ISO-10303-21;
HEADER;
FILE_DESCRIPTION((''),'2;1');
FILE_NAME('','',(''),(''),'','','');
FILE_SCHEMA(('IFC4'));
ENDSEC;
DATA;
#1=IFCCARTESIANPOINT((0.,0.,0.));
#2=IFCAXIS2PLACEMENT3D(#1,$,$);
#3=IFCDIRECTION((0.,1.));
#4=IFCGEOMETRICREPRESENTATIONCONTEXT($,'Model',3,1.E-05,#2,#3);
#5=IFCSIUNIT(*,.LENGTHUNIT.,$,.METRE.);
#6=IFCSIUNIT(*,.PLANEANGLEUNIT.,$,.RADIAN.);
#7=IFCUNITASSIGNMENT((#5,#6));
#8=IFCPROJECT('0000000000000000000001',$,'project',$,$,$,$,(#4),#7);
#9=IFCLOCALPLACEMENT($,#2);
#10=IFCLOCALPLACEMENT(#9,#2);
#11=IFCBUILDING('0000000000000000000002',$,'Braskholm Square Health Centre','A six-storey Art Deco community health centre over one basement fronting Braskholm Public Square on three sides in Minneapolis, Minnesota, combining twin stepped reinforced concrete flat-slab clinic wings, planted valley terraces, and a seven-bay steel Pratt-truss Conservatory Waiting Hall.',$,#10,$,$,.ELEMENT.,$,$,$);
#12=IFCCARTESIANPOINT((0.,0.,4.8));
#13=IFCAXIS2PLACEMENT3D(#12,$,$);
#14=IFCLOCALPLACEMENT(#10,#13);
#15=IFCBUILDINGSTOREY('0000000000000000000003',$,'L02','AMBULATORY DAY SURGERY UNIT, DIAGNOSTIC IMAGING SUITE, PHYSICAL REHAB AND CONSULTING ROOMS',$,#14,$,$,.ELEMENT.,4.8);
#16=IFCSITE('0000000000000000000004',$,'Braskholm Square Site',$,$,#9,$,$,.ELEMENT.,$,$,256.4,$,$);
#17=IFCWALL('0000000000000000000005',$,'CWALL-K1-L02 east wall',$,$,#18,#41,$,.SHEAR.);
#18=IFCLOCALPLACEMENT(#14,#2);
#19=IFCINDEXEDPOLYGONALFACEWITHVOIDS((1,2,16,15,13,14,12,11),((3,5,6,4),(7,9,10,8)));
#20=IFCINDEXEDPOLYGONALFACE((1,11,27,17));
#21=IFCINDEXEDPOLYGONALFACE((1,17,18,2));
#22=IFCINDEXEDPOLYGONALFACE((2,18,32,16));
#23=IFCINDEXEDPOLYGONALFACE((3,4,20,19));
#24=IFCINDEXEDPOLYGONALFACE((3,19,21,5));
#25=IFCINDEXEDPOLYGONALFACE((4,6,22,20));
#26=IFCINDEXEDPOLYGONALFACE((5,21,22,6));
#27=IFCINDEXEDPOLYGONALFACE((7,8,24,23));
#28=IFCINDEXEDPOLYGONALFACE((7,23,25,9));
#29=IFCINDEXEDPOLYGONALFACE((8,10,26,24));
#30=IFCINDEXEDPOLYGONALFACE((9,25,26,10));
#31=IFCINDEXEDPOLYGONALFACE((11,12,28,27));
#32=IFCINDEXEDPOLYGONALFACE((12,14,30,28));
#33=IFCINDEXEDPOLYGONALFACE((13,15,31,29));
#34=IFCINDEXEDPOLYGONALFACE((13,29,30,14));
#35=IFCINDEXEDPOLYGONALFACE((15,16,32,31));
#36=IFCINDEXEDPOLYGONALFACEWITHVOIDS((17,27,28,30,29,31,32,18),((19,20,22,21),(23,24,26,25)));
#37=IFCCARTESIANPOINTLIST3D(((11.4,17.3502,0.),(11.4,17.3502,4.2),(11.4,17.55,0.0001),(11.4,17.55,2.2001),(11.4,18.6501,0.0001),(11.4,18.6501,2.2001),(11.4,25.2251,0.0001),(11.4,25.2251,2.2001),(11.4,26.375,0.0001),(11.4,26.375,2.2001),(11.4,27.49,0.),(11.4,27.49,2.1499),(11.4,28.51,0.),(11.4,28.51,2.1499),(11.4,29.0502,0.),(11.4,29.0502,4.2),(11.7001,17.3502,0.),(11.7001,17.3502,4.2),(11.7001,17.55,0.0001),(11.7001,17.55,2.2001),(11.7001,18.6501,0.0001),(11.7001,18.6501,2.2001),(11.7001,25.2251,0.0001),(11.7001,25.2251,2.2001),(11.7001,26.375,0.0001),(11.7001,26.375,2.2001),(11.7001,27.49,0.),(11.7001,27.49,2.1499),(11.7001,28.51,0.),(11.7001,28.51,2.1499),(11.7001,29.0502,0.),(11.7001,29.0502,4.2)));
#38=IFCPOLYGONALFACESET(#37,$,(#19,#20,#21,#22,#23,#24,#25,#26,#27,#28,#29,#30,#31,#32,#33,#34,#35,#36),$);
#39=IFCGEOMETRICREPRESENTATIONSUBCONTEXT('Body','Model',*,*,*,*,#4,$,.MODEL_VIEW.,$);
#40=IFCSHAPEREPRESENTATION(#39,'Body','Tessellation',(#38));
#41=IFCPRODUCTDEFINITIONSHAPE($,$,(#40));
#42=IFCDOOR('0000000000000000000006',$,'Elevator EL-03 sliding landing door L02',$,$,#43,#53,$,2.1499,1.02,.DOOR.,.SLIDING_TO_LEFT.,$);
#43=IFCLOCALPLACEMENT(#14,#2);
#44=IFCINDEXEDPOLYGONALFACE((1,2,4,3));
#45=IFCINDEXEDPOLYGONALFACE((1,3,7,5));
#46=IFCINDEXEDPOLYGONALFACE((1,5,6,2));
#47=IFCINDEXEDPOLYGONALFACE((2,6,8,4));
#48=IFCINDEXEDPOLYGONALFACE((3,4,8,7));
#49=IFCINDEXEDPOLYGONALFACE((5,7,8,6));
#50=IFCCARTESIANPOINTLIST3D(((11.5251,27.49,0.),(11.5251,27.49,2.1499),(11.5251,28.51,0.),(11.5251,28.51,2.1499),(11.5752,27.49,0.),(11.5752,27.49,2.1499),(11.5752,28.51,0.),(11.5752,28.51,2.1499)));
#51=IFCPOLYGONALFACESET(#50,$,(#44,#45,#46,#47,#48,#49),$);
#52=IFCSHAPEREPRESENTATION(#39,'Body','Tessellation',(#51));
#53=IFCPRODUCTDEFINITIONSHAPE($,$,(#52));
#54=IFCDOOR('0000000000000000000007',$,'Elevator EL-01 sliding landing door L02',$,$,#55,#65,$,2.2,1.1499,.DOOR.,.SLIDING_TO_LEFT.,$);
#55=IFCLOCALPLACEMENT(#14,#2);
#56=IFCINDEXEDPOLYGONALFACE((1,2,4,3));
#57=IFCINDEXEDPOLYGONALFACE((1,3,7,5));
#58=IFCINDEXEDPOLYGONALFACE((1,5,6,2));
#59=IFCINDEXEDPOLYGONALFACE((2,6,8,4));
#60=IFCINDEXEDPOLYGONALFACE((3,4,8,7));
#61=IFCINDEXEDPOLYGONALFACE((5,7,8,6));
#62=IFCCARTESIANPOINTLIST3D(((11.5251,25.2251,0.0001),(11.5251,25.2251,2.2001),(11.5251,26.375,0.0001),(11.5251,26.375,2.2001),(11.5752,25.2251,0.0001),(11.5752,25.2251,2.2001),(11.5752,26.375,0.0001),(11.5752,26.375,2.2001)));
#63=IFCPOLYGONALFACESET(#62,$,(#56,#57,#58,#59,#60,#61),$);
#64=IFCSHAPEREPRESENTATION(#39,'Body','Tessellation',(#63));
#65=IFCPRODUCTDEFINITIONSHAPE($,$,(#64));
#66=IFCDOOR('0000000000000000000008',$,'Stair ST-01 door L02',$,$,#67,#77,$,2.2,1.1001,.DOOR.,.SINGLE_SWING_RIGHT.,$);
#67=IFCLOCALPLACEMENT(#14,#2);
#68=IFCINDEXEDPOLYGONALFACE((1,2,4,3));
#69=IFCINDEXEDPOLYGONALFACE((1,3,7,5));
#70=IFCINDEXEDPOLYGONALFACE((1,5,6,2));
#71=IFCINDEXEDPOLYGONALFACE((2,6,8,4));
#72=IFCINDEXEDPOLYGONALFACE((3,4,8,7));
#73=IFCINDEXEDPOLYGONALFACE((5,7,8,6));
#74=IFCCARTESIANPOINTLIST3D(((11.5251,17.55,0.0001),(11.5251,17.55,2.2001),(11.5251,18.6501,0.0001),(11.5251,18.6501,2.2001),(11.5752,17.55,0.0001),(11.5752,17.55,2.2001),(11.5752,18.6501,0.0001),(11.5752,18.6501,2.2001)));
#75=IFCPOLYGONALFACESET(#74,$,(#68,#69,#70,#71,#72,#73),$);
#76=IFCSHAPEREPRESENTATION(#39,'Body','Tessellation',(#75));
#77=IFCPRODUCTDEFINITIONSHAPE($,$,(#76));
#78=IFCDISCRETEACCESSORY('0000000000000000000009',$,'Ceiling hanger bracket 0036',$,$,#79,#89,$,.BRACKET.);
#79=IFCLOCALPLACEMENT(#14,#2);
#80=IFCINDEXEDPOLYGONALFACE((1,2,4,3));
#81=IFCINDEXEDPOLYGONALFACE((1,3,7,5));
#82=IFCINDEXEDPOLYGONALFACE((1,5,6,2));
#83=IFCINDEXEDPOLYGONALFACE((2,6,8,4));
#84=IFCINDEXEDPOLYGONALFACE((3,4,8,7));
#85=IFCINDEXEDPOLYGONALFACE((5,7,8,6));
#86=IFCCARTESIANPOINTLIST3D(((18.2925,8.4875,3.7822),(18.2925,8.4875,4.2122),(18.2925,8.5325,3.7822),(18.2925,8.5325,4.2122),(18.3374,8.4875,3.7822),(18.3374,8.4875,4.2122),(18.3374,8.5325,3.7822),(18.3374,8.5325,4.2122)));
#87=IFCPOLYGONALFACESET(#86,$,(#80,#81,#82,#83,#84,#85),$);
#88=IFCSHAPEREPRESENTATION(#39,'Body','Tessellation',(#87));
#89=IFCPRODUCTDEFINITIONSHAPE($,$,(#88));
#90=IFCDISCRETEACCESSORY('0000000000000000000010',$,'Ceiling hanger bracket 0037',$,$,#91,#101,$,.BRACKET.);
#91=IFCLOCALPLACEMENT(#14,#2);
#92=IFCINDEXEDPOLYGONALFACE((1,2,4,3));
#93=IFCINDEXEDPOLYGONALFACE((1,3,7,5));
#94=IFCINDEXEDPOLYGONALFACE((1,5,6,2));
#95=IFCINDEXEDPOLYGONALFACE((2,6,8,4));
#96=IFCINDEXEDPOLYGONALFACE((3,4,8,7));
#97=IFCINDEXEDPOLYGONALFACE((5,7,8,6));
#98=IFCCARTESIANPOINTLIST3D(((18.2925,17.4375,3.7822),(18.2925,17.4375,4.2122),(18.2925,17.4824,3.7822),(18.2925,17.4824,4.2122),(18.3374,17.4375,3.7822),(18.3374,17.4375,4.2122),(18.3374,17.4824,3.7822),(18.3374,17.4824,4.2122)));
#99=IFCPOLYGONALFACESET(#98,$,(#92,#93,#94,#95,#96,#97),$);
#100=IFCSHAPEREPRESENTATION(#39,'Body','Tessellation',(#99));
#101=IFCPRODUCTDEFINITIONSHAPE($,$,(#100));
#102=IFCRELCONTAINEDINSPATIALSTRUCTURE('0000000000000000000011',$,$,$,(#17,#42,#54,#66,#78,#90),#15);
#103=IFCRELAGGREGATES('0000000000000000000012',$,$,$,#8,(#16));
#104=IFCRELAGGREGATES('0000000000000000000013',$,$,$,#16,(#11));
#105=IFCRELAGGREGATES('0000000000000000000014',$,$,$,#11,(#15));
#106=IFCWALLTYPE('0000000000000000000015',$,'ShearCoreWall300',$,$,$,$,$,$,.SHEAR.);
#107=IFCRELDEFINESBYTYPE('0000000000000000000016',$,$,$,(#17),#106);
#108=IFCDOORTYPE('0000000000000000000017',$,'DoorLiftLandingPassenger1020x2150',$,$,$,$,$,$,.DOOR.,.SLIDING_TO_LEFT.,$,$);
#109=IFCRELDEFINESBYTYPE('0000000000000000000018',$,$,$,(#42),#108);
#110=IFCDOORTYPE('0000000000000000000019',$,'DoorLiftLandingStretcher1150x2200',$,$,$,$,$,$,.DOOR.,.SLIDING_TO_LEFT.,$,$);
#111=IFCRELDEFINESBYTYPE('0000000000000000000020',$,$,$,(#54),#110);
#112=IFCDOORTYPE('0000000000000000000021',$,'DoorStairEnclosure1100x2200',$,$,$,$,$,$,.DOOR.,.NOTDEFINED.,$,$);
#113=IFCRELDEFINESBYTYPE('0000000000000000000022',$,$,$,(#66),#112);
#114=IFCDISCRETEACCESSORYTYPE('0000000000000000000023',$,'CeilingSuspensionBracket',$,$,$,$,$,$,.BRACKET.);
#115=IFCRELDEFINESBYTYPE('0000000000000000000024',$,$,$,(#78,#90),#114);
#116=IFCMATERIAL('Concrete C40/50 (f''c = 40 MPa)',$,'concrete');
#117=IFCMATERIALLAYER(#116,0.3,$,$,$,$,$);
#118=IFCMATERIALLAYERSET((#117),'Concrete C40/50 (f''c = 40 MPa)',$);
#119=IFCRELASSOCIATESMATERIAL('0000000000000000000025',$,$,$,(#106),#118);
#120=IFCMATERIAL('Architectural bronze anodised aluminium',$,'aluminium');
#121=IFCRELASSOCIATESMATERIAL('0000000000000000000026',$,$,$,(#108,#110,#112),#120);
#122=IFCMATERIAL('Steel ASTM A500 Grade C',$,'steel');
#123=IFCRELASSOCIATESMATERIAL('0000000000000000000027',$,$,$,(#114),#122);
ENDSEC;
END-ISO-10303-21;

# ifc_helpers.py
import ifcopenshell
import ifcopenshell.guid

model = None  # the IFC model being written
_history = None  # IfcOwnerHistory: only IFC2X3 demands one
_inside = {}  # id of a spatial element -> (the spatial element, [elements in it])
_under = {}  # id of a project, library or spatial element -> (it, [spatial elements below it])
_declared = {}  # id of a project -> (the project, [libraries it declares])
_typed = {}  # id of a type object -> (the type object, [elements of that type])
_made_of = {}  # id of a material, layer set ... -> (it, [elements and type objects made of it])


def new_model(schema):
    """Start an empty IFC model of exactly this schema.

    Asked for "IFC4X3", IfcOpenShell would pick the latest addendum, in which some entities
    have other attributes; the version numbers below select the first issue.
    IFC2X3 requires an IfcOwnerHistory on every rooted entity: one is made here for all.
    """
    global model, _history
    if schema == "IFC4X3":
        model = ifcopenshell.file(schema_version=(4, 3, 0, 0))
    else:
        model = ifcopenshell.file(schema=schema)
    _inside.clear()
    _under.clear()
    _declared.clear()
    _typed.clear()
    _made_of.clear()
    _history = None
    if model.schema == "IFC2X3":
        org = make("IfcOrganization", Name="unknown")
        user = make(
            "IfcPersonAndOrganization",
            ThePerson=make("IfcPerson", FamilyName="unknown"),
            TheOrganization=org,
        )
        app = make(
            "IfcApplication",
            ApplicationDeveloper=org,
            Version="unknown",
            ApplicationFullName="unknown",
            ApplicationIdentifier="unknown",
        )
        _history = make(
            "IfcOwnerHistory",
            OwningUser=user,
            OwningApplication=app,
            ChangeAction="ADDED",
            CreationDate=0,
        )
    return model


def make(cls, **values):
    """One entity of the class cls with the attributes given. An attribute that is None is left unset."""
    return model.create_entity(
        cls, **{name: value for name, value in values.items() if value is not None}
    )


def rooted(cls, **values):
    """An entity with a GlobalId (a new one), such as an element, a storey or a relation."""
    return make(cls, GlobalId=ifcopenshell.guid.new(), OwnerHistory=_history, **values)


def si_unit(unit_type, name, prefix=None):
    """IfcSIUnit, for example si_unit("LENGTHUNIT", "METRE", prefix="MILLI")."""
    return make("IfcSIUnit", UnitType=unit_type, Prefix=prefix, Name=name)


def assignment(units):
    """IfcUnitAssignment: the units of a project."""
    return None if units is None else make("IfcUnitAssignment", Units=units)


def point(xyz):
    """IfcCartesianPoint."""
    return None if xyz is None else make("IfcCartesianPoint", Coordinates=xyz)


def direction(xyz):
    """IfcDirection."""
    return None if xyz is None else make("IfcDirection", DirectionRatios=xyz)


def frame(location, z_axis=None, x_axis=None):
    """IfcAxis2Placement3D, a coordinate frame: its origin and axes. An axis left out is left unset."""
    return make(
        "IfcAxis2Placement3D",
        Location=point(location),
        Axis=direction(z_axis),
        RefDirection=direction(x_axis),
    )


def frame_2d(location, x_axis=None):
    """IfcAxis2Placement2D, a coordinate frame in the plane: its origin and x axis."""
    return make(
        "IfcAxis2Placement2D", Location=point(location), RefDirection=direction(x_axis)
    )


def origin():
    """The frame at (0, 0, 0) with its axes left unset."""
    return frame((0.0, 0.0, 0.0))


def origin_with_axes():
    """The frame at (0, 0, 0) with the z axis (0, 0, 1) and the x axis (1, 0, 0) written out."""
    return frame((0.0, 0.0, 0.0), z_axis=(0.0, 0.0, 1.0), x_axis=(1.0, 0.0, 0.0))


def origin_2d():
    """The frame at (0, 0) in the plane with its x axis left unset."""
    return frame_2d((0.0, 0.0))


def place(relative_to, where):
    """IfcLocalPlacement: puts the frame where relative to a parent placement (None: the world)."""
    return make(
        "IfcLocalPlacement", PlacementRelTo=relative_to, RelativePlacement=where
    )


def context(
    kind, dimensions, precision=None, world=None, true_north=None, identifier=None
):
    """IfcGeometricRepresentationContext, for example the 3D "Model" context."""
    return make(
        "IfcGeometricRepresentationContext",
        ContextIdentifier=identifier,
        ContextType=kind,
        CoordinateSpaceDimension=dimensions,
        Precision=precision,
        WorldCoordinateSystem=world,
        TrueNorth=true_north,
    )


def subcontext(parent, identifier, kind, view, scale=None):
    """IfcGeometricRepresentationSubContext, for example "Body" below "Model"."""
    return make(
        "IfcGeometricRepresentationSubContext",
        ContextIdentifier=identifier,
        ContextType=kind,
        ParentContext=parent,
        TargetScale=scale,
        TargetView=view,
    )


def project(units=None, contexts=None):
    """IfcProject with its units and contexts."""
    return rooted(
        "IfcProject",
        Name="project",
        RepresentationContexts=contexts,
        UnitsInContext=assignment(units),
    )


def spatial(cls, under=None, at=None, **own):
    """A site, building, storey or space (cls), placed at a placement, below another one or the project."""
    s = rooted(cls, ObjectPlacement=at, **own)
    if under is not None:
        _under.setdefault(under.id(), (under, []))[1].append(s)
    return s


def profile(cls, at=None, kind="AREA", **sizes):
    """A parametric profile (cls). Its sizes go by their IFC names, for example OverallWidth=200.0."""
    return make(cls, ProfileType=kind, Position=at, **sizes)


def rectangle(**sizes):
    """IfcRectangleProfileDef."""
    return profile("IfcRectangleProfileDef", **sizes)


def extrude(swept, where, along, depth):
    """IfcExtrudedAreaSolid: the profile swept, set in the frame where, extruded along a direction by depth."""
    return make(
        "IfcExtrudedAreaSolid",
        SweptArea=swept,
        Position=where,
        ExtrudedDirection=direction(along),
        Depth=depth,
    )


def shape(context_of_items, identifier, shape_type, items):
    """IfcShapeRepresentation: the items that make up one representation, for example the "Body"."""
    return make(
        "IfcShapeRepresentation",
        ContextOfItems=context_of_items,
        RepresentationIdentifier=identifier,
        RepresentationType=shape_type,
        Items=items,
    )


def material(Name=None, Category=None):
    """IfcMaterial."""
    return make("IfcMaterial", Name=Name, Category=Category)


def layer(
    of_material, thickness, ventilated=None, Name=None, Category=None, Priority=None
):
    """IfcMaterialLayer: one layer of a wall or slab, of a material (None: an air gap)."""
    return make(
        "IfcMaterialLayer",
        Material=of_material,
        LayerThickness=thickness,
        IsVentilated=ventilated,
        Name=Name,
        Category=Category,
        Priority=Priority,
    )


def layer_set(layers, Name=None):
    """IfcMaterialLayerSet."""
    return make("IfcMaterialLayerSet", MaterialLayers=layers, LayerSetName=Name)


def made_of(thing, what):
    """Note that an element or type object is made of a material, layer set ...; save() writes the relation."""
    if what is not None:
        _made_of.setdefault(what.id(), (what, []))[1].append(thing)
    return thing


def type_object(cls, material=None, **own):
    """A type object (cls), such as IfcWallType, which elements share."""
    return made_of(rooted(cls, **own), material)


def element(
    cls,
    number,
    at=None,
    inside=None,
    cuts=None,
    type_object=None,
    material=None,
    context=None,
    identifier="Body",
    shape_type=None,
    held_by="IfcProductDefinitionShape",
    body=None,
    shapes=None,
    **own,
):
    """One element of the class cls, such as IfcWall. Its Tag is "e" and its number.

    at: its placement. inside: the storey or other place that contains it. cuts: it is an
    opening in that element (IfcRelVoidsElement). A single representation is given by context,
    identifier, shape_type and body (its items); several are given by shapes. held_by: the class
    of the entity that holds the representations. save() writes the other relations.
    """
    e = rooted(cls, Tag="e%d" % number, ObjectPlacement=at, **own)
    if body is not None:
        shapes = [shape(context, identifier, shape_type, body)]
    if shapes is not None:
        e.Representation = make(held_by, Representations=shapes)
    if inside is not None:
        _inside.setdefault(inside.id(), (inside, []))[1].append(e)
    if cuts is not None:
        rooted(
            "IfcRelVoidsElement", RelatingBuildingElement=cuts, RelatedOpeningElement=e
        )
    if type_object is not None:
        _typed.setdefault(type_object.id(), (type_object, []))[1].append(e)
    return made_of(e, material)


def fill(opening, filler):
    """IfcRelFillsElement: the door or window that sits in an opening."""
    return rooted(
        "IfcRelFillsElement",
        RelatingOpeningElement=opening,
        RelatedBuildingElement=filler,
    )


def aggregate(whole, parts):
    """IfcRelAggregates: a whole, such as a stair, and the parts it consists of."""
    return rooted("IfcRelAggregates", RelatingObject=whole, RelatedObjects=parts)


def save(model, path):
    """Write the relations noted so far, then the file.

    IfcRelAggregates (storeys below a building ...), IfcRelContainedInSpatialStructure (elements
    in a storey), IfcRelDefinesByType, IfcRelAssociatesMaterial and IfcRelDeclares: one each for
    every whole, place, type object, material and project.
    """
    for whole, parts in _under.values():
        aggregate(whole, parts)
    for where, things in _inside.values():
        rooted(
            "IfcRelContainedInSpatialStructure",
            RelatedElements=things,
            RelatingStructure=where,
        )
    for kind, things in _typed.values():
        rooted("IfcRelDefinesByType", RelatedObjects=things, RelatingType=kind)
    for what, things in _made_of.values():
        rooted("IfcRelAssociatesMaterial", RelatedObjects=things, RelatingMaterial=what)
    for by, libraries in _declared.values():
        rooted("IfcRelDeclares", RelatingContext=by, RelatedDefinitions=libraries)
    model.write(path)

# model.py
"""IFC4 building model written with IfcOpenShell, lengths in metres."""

from ifc_helpers import new_model, si_unit, direction, frame, frame_2d, origin, origin_with_axes, origin_2d, place, context, subcontext, project, spatial, rectangle, extrude, material, layer, layer_set, type_object, element, fill, save


model = new_model("IFC4")

# Units and contexts
model_context = context("Model", 3, precision=1e-05, world=origin(), true_north=direction((0.0, 1.0)))
body_context = subcontext(model_context, "Body", "Model", "MODEL_VIEW")
ifc_project = project(units=[si_unit("LENGTHUNIT", "METRE"), si_unit("PLANEANGLEUNIT", "RADIAN")], contexts=[model_context])

# Site, building, storey
site_placement = place(None, origin())
site = spatial("IfcSite", under=ifc_project, at=site_placement, Name="Braskholm Square Site", CompositionType="ELEMENT", RefElevation=256.4)
building_placement = place(site_placement, origin())
building = spatial("IfcBuilding", under=site, at=building_placement, Name="Braskholm Square Health Centre", Description="A six-storey Art Deco community health centre over one basement fronting Braskholm Public Square on three sides in Minneapolis, Minnesota, combining twin stepped reinforced concrete flat-slab clinic wings, planted valley terraces, and a seven-bay steel Pratt-truss Conservatory Waiting Hall.", CompositionType="ELEMENT")
storey_placement = place(building_placement, frame((0.0, 0.0, 4.8)))
storey = spatial("IfcBuildingStorey", under=building, at=storey_placement, Name="L02", Description="AMBULATORY DAY SURGERY UNIT, DIAGNOSTIC IMAGING SUITE, PHYSICAL REHAB AND CONSULTING ROOMS", CompositionType="ELEMENT", Elevation=4.8)

# Shared definitions
ifc_material_1 = material(Name="Concrete C40/50 (f'c = 40 MPa)", Category="concrete")

# Shared definitions
ifc_material_2 = material(Name="Architectural bronze anodised aluminium", Category="aluminium")

# Wall, openings, doors
ifc_layer_1 = layer(ifc_material_1, 0.3)
ifc_layer_set_1 = layer_set([ifc_layer_1], Name="Concrete C40/50 (f'c = 40 MPa)")
wall_type_1 = type_object("IfcWallType", Name="ShearCoreWall300", PredefinedType="SHEAR", material=ifc_layer_set_1)
wall_1_placement = place(storey_placement, frame((11.55, 17.3501, 0.0), z_axis=(0.0, 0.0, 1.0), x_axis=(0.0, 1.0, 0.0)))
wall_1 = element("IfcWall", 1, at=wall_1_placement, inside=storey, type_object=wall_type_1, Name="CWALL-K1-L02 east wall", PredefinedType="SHEAR", context=body_context, shape_type="SweptSolid", body=[
    extrude(rectangle(XDim=11.7, YDim=0.3, at=frame_2d((5.8501, 0.0))), origin(), (0.0, 0.0, 1.0), 4.2),
])
opening_1_placement = place(wall_1_placement, frame((0.2, 0.0, 0.0)))
opening_1 = element("IfcOpeningElement", 2, at=opening_1_placement, cuts=wall_1, PredefinedType="OPENING", context=body_context, shape_type="SweptSolid", body=[
    extrude(rectangle(XDim=1.1001, YDim=2.2, at=frame_2d((0.55, 1.1001))), frame((0.0, 0.1602, 0.0), z_axis=(0.0, -1.0, 0.0), x_axis=(1.0, 0.0, 0.0)), (0.0, 0.0, 1.0), 0.3201),
])
opening_2_placement = place(wall_1_placement, frame((7.875, 0.0, 0.0)))
opening_2 = element("IfcOpeningElement", 3, at=opening_2_placement, cuts=wall_1, PredefinedType="OPENING", context=body_context, shape_type="SweptSolid", body=[
    extrude(rectangle(XDim=1.1499, YDim=2.2, at=frame_2d((0.575, 1.1001))), frame((0.0, 0.1602, 0.0), z_axis=(0.0, -1.0, 0.0), x_axis=(1.0, 0.0, 0.0)), (0.0, 0.0, 1.0), 0.3201),
])
opening_3_placement = place(wall_1_placement, frame((10.1399, 0.0, 0.0)))
opening_3 = element("IfcOpeningElement", 4, at=opening_3_placement, cuts=wall_1, PredefinedType="OPENING", context=body_context, shape_type="SweptSolid", body=[
    extrude(rectangle(XDim=1.02, YDim=2.1499, at=frame_2d((0.51, 1.075))), frame((0.0, 0.1602, 0.0), z_axis=(0.0, -1.0, 0.0), x_axis=(1.0, 0.0, 0.0)), (0.0, 0.0, 1.0), 0.3201),
])
door_type_1 = type_object("IfcDoorType", Name="DoorLiftLandingPassenger1020x2150", OperationType="SLIDING_TO_LEFT", PredefinedType="DOOR", material=ifc_material_2)
door_1_placement = place(opening_3_placement, origin_with_axes())
door_1 = element("IfcDoor", 5, at=door_1_placement, inside=storey, type_object=door_type_1, Name="Elevator EL-03 sliding landing door L02", OperationType="SLIDING_TO_LEFT", OverallHeight=2.1499, OverallWidth=1.02, PredefinedType="DOOR", context=body_context, shape_type="SweptSolid", body=[
    extrude(rectangle(XDim=1.02, YDim=2.1499, at=frame_2d((0.51, 1.075))), frame((0.0, 0.0249, 0.0), z_axis=(0.0, -1.0, 0.0), x_axis=(1.0, 0.0, 0.0)), (0.0, 0.0, 1.0), 0.05),
])
fill(opening_3, door_1)
door_type_2 = type_object("IfcDoorType", Name="DoorLiftLandingStretcher1150x2200", OperationType="SLIDING_TO_LEFT", PredefinedType="DOOR", material=ifc_material_2)
door_2_placement = place(opening_2_placement, origin_with_axes())
door_2 = element("IfcDoor", 6, at=door_2_placement, inside=storey, type_object=door_type_2, Name="Elevator EL-01 sliding landing door L02", OperationType="SLIDING_TO_LEFT", OverallHeight=2.2, OverallWidth=1.1499, PredefinedType="DOOR", context=body_context, shape_type="SweptSolid", body=[
    extrude(rectangle(XDim=1.1499, YDim=2.2, at=frame_2d((0.575, 1.1001))), frame((0.0, 0.0249, 0.0), z_axis=(0.0, -1.0, 0.0), x_axis=(1.0, 0.0, 0.0)), (0.0, 0.0, 1.0), 0.05),
])
fill(opening_2, door_2)
door_type_3 = type_object("IfcDoorType", Name="DoorStairEnclosure1100x2200", OperationType="NOTDEFINED", PredefinedType="DOOR", material=ifc_material_2)
door_3_placement = place(opening_1_placement, origin_with_axes())
door_3 = element("IfcDoor", 7, at=door_3_placement, inside=storey, type_object=door_type_3, Name="Stair ST-01 door L02", OperationType="SINGLE_SWING_RIGHT", OverallHeight=2.2, OverallWidth=1.1001, PredefinedType="DOOR", context=body_context, shape_type="SweptSolid", body=[
    extrude(rectangle(XDim=1.1001, YDim=2.2, at=frame_2d((0.55, 1.1001))), frame((0.0, 0.0249, 0.0), z_axis=(0.0, -1.0, 0.0), x_axis=(1.0, 0.0, 0.0)), (0.0, 0.0, 1.0), 0.05),
])
fill(opening_1, door_3)

# Discrete accessories
ifc_material_3 = material(Name="Steel ASTM A500 Grade C", Category="steel")
discrete_accessory_type = type_object("IfcDiscreteAccessoryType", Name="CeilingSuspensionBracket", PredefinedType="BRACKET", material=ifc_material_3)
for number, where, z_axis, x_axis, name in (
    (8, (18.3149, 8.51, 3.7822), (0.0, 0.0, 1.0), (1.0, 0.0, 0.0), "Ceiling hanger bracket 0036"),
    (9, (18.3149, 17.46, 3.7822), (0.0, 0.0, 1.0), (1.0, 0.0, 0.0), "Ceiling hanger bracket 0037"),
):
    element("IfcDiscreteAccessory", number, at=place(storey_placement, frame(where, z_axis=z_axis, x_axis=x_axis)), inside=storey, type_object=discrete_accessory_type, Name=name, PredefinedType="BRACKET", context=body_context, shape_type="SweptSolid", body=[
        extrude(rectangle(XDim=0.0449, YDim=0.0449, at=origin_2d()), origin(), (0.0, 0.0, 1.0), 0.4299),
    ])

save(model, "model.ifc")
